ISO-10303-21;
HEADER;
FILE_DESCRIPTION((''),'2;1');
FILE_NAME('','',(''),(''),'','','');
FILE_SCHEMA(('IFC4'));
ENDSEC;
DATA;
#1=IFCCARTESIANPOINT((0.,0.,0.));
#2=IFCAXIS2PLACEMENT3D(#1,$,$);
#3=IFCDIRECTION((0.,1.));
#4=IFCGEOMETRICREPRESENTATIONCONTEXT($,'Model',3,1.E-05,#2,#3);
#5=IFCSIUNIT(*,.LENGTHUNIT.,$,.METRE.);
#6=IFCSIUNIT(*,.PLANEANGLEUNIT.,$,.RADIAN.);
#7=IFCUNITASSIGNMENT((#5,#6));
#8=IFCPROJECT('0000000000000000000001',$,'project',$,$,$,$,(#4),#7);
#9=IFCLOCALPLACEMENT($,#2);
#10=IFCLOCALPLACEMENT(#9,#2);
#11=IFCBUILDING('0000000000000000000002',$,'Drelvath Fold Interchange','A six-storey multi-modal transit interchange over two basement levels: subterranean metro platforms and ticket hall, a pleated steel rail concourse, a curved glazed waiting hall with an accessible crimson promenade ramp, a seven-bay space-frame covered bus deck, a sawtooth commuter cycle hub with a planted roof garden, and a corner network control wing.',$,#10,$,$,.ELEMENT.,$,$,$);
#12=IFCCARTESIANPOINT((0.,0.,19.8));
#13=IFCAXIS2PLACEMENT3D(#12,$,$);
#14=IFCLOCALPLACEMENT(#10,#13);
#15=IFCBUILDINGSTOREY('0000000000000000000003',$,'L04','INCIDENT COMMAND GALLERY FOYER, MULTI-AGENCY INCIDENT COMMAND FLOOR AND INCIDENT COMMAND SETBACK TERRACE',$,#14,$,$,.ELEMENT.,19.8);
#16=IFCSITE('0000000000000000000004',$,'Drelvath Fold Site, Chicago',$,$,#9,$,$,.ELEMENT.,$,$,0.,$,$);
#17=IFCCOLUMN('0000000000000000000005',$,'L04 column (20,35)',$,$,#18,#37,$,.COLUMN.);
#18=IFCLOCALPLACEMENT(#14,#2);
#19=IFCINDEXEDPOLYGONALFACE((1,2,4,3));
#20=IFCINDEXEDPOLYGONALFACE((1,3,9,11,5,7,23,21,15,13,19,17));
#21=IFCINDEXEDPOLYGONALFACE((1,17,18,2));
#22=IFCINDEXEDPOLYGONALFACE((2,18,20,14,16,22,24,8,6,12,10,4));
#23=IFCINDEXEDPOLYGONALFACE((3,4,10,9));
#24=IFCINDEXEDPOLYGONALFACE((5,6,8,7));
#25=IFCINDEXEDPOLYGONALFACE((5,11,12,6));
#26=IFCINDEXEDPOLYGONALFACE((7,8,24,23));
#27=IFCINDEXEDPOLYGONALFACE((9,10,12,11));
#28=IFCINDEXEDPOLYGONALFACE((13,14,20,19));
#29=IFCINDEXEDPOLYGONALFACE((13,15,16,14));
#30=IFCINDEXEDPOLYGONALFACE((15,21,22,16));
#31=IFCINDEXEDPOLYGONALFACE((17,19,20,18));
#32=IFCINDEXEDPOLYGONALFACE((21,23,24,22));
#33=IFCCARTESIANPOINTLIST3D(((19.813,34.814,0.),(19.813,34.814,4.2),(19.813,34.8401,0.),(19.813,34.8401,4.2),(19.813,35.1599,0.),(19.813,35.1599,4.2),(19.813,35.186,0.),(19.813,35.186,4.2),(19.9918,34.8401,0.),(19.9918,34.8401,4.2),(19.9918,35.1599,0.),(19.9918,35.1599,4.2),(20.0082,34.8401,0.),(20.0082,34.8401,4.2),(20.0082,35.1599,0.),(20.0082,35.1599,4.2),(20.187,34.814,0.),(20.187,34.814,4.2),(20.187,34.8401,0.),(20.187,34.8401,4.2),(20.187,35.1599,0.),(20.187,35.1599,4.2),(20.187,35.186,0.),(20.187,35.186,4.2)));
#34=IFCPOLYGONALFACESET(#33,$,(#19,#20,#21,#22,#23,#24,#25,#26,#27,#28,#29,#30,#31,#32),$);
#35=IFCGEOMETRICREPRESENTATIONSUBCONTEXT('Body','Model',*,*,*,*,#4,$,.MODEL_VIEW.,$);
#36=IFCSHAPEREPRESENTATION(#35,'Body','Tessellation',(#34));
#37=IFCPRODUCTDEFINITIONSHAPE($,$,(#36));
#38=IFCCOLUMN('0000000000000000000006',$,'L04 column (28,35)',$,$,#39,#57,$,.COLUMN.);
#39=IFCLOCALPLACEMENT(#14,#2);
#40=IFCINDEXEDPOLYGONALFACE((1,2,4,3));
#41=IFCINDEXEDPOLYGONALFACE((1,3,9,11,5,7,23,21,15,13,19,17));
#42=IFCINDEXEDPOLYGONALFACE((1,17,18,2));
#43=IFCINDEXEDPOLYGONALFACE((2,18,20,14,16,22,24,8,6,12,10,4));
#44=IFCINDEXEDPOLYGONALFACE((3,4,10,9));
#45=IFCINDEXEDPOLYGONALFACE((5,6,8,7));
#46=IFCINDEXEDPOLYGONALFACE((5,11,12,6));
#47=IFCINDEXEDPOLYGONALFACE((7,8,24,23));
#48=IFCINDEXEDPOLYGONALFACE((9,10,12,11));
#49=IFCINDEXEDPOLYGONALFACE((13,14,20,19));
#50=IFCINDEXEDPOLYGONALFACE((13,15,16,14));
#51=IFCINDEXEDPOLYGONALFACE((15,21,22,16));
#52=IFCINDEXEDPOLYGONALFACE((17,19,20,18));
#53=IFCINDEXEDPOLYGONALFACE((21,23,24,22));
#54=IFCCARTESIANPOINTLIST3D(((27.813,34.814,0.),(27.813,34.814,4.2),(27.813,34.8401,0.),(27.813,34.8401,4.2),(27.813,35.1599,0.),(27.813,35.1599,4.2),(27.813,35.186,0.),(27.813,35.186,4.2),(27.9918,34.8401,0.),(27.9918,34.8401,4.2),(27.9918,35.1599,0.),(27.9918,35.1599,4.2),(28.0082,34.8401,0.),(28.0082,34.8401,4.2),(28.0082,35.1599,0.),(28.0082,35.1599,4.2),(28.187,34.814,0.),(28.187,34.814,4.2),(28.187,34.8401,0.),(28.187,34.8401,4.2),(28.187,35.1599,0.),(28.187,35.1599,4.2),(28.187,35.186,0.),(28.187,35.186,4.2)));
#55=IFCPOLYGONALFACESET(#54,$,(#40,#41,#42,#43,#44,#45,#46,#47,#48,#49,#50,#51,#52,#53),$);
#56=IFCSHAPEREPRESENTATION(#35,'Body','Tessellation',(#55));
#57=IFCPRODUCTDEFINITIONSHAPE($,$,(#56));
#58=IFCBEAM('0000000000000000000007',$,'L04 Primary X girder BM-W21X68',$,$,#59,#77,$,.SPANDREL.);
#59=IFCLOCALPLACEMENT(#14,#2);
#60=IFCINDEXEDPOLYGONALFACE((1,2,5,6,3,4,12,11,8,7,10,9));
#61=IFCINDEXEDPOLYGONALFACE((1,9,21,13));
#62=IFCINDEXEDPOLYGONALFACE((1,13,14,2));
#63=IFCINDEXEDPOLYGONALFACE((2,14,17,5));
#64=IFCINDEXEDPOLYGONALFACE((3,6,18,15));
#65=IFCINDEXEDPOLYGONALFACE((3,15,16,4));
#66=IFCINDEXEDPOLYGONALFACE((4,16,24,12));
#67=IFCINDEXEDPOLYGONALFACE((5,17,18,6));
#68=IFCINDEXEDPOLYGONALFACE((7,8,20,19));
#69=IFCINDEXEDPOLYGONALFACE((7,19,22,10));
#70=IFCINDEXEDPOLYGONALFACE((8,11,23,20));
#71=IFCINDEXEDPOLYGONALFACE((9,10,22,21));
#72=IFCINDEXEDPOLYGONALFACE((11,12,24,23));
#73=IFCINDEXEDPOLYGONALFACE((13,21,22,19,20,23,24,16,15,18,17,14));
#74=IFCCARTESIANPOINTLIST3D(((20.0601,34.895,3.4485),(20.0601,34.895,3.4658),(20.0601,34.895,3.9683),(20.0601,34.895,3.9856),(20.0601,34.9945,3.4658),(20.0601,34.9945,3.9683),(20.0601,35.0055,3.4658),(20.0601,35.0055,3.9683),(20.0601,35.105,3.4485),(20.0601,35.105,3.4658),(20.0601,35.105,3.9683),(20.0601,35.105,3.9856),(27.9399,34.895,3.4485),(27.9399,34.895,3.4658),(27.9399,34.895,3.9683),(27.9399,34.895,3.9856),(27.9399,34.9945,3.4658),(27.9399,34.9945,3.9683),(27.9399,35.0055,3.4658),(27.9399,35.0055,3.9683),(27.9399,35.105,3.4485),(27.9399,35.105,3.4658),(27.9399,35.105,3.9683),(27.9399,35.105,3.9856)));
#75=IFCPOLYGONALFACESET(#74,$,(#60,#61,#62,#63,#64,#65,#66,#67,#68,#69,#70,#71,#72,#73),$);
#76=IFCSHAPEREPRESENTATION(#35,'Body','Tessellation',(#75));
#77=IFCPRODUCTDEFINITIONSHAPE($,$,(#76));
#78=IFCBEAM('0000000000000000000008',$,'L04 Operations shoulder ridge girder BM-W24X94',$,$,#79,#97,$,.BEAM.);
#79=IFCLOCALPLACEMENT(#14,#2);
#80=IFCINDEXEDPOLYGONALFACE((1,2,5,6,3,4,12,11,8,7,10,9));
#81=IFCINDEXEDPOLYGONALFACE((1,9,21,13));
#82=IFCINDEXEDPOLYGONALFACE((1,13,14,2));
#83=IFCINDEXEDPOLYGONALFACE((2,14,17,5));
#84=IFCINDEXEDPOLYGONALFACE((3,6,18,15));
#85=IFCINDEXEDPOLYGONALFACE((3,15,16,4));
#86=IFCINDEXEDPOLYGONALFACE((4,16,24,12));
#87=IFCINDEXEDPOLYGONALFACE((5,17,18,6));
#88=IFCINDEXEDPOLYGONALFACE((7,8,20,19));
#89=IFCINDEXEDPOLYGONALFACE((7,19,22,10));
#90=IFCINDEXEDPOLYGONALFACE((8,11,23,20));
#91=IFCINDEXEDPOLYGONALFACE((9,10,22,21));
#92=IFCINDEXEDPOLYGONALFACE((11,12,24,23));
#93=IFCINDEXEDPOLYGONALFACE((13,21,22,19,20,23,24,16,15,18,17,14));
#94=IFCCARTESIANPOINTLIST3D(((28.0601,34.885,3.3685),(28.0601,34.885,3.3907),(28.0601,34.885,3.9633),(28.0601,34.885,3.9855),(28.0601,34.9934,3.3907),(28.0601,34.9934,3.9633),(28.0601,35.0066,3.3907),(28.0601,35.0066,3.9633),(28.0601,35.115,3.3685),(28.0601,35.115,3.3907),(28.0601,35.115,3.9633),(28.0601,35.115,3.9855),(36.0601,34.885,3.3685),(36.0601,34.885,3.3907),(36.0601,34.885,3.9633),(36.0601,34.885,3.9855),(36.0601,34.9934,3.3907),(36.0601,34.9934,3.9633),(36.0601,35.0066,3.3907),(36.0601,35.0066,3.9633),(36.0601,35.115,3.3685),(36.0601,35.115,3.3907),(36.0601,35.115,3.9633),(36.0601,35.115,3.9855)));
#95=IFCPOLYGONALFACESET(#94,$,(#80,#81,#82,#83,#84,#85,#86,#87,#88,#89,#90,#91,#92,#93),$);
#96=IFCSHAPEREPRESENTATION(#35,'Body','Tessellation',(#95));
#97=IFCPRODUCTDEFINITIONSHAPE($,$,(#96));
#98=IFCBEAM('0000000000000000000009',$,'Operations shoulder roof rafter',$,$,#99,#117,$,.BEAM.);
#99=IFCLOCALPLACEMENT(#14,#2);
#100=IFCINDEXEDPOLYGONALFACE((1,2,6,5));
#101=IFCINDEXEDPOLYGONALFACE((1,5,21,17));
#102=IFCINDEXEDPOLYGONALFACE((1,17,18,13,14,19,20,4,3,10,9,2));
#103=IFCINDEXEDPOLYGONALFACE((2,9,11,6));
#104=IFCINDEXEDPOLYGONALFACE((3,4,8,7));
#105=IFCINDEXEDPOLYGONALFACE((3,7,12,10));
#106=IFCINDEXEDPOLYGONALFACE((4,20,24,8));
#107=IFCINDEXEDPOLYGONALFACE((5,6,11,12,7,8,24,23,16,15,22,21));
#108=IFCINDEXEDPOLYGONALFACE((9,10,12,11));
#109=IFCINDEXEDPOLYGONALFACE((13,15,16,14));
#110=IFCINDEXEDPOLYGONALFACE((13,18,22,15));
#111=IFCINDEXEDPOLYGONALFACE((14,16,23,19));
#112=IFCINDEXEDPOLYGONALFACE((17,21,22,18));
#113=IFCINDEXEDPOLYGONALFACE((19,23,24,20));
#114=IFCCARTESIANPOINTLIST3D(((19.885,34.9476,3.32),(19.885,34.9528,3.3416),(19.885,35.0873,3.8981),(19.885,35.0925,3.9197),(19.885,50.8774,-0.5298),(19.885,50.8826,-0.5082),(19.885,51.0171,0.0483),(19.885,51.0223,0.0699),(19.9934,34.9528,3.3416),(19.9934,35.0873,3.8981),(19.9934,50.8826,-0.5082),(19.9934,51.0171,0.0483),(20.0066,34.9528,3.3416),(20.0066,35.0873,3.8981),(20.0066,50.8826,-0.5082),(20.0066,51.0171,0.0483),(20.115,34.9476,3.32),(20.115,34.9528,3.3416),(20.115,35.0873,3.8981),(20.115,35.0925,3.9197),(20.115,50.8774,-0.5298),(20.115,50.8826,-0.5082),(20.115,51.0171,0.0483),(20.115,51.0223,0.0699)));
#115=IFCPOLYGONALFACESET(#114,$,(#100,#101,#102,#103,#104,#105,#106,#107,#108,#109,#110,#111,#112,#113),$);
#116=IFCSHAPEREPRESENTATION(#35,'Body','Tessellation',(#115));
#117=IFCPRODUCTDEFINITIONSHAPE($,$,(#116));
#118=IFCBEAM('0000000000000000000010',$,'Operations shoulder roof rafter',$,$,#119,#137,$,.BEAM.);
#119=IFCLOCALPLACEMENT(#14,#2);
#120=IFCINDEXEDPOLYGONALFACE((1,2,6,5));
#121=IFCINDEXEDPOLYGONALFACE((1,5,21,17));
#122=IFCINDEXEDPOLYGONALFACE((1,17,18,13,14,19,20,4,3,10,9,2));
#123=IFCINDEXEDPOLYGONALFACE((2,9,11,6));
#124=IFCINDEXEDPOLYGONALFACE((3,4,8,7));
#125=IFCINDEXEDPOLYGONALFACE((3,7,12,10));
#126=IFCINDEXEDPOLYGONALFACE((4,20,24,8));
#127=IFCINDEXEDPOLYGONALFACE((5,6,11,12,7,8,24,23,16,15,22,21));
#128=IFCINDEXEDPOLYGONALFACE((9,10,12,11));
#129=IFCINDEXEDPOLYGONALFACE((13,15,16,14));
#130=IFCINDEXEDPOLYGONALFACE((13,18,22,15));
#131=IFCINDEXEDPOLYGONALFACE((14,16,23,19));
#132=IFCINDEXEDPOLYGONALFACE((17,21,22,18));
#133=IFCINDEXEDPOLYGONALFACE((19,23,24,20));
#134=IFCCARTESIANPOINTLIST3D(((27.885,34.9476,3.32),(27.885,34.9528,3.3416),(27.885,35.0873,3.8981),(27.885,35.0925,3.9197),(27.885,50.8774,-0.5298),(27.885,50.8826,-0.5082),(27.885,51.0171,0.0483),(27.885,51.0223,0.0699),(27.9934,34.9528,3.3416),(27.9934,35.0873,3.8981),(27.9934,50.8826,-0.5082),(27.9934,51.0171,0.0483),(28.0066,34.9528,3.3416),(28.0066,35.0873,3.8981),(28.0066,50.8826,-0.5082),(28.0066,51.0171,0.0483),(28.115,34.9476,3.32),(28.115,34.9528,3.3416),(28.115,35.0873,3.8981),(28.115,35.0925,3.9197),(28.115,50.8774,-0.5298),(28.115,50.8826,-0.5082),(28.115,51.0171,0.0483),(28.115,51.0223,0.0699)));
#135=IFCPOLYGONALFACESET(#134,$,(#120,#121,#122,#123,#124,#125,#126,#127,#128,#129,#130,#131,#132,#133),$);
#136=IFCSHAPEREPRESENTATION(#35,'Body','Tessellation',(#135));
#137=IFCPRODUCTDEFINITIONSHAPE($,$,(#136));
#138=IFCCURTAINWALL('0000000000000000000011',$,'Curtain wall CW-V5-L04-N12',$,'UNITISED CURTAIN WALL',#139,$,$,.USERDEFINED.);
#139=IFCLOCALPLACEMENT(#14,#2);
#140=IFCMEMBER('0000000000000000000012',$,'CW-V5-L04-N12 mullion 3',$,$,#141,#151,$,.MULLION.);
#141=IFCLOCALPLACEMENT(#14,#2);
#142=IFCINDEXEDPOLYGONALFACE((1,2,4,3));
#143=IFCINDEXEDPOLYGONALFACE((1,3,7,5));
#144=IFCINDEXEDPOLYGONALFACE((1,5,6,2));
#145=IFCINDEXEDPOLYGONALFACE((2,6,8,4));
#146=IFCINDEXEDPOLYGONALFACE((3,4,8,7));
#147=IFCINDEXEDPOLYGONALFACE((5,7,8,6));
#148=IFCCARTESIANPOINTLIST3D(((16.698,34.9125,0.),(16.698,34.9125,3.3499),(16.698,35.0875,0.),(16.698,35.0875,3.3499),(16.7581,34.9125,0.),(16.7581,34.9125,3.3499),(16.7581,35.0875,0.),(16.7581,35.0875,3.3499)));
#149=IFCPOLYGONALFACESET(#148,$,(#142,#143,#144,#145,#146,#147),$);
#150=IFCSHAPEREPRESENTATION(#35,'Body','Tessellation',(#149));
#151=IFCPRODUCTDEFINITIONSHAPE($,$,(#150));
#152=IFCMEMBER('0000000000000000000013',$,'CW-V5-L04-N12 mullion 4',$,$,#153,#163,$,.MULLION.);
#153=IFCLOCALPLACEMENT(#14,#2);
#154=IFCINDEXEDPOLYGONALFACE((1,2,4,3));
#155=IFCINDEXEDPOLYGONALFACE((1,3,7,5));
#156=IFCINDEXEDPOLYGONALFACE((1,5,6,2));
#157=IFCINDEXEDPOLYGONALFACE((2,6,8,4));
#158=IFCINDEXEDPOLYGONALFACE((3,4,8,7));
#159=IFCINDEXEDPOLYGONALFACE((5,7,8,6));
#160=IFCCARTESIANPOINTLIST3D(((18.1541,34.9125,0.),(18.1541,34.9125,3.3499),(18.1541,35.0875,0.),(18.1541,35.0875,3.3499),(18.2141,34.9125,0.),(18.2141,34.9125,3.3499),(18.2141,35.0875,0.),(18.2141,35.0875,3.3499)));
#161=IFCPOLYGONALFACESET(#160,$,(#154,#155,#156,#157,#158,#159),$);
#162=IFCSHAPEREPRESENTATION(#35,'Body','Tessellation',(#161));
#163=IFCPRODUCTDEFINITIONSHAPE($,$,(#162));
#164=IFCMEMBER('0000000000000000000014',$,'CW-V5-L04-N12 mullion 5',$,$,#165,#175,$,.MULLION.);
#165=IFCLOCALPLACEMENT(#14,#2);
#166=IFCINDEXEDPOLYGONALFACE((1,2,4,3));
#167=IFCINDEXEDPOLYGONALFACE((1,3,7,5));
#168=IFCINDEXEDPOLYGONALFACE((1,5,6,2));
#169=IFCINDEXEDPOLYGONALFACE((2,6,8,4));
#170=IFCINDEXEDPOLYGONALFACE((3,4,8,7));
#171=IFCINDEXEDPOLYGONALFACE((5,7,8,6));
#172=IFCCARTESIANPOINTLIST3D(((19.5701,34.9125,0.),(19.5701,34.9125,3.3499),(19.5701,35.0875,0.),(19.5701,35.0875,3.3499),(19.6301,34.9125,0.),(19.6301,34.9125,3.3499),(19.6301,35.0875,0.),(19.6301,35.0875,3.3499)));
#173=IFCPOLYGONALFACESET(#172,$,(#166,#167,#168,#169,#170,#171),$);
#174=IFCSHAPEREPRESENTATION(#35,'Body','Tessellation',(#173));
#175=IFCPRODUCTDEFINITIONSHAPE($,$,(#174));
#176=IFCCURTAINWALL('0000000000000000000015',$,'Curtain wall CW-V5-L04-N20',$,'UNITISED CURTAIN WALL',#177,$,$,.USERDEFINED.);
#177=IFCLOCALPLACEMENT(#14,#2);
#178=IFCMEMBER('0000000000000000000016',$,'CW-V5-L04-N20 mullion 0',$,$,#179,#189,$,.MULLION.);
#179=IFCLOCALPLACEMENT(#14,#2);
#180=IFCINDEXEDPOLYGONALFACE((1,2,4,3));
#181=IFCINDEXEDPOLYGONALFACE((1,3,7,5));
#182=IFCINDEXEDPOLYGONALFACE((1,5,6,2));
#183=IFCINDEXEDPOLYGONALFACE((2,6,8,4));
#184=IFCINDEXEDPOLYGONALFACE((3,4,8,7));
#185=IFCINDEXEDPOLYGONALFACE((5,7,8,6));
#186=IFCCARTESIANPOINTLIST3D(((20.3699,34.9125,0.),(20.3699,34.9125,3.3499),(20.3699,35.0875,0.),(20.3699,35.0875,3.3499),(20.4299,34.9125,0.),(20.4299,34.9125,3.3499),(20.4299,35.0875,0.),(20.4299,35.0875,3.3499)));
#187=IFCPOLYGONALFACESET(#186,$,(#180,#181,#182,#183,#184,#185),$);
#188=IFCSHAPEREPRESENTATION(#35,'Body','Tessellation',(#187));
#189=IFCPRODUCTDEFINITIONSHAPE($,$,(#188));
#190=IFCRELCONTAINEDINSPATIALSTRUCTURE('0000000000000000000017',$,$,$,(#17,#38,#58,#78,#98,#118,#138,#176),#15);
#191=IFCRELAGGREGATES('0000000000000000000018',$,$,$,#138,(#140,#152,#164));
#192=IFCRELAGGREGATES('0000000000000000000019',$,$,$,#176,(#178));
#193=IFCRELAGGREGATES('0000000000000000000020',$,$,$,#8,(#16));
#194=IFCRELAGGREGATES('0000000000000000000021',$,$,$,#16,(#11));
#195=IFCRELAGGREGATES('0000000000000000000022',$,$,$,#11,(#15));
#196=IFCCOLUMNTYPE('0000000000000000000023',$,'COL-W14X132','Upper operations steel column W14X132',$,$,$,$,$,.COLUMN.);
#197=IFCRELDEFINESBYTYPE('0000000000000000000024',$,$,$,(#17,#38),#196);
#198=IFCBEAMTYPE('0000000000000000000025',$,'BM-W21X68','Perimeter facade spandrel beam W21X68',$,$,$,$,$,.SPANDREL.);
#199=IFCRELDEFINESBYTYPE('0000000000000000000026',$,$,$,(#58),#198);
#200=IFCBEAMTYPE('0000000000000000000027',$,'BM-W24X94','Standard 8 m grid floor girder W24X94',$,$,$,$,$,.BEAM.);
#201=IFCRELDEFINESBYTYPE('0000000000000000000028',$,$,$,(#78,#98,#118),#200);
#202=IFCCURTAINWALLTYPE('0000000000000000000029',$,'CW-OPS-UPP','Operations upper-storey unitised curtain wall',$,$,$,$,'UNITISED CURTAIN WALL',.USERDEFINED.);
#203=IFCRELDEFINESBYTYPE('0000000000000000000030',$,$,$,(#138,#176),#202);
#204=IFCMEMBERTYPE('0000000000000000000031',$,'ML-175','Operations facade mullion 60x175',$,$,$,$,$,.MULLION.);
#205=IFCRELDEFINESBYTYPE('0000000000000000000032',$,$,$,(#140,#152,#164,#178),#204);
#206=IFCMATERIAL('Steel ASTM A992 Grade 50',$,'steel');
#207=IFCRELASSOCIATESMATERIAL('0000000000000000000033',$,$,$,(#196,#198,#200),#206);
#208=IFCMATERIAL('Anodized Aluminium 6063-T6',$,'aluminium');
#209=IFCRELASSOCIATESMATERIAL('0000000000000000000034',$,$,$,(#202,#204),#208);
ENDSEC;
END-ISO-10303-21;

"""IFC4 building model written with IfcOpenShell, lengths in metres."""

from ifc_helpers import new_model, si_unit, direction, frame, origin, origin_2d, place, context, subcontext, project, spatial, rectangle, i_section, extrude, material, material_profile, profile_set, type_object, element, aggregate, save


model = new_model("IFC4")

# Units and contexts
model_context = context("Model", 3, precision=1e-05, world=origin(), true_north=direction((0.0, 1.0)))
body_context = subcontext(model_context, "Body", "Model", "MODEL_VIEW")
ifc_project = project(units=[si_unit("LENGTHUNIT", "METRE"), si_unit("PLANEANGLEUNIT", "RADIAN")], contexts=[model_context])

# Site, building, storey
site_placement = place(None, origin())
site = spatial("IfcSite", under=ifc_project, at=site_placement, Name="Drelvath Fold Site, Chicago", CompositionType="ELEMENT", RefElevation=0.0)
building_placement = place(site_placement, origin())
building = spatial("IfcBuilding", under=site, at=building_placement, Name="Drelvath Fold Interchange", Description="A six-storey multi-modal transit interchange over two basement levels: subterranean metro platforms and ticket hall, a pleated steel rail concourse, a curved glazed waiting hall with an accessible crimson promenade ramp, a seven-bay space-frame covered bus deck, a sawtooth commuter cycle hub with a planted roof garden, and a corner network control wing.", CompositionType="ELEMENT")
storey_placement = place(building_placement, frame((0.0, 0.0, 19.8)))
storey = spatial("IfcBuildingStorey", under=building, at=storey_placement, Name="L04", Description="INCIDENT COMMAND GALLERY FOYER, MULTI-AGENCY INCIDENT COMMAND FLOOR AND INCIDENT COMMAND SETBACK TERRACE", CompositionType="ELEMENT", Elevation=19.8)

# Columns
ifc_material_1 = material(Name="Steel ASTM A992 Grade 50", Category="steel")
ifc_material_profile_1 = material_profile(ifc_material_1, i_section(OverallWidth=0.374, OverallDepth=0.3721, WebThickness=0.0164, FlangeThickness=0.0261, at=origin_2d()), Name="W14X132")
ifc_profile_set_1 = profile_set([ifc_material_profile_1], Name="Steel ASTM A992 Grade 50")
column_type = type_object("IfcColumnType", Name="COL-W14X132", Description="Upper operations steel column W14X132", PredefinedType="COLUMN", material=ifc_profile_set_1)
for number, where, z_axis, x_axis, name in (
    (1, (20.0, 35.0, 0.0), (0.0, 0.0, 1.0), (1.0, 0.0, 0.0), "L04 column (20,35)"),
    (2, (28.0, 35.0, 0.0), (0.0, 0.0, 1.0), (1.0, 0.0, 0.0), "L04 column (28,35)"),
):
    element("IfcColumn", number, at=place(storey_placement, frame(where, z_axis=z_axis, x_axis=x_axis)), inside=storey, type_object=column_type, Name=name, PredefinedType="COLUMN", context=body_context, shape_type="SweptSolid", body=[
        extrude(i_section(OverallWidth=0.374, OverallDepth=0.3721, WebThickness=0.0164, FlangeThickness=0.0261, at=origin_2d()), origin(), (0.0, 0.0, 1.0), 4.2),
    ])

# Beams
ifc_material_profile_2 = material_profile(ifc_material_1, i_section(OverallWidth=0.21, OverallDepth=0.5371, WebThickness=0.011, FlangeThickness=0.0173, at=origin_2d()), Name="W21X68")
ifc_profile_set_2 = profile_set([ifc_material_profile_2], Name="Steel ASTM A992 Grade 50")
beam_type_1 = type_object("IfcBeamType", Name="BM-W21X68", Description="Perimeter facade spandrel beam W21X68", PredefinedType="SPANDREL", material=ifc_profile_set_2)
beam_1_placement = place(storey_placement, frame((20.0601, 35.0, 3.717), z_axis=(1.0, 0.0, 0.0), x_axis=(0.0, 1.0, 0.0)))
element("IfcBeam", 3, at=beam_1_placement, inside=storey, type_object=beam_type_1, Name="L04 Primary X girder BM-W21X68", PredefinedType="SPANDREL", context=body_context, shape_type="SweptSolid", body=[
    extrude(i_section(OverallWidth=0.21, OverallDepth=0.5371, WebThickness=0.011, FlangeThickness=0.0173, at=origin_2d()), origin(), (0.0, 0.0, 1.0), 7.8799),
])
ifc_material_profile_3 = material_profile(ifc_material_1, i_section(OverallWidth=0.23, OverallDepth=0.6169, WebThickness=0.0132, FlangeThickness=0.0222, at=origin_2d()), Name="W24X94")
ifc_profile_set_3 = profile_set([ifc_material_profile_3], Name="Steel ASTM A992 Grade 50")
beam_type_2 = type_object("IfcBeamType", Name="BM-W24X94", Description="Standard 8 m grid floor girder W24X94", PredefinedType="BEAM", material=ifc_profile_set_3)
beam_2_placement = place(storey_placement, frame((28.0601, 35.0, 3.677), z_axis=(1.0, 0.0, 0.0), x_axis=(0.0, 1.0, 0.0)))
element("IfcBeam", 4, at=beam_2_placement, inside=storey, type_object=beam_type_2, Name="L04 Operations shoulder ridge girder BM-W24X94", PredefinedType="BEAM", context=body_context, shape_type="SweptSolid", body=[
    extrude(i_section(OverallWidth=0.23, OverallDepth=0.6169, WebThickness=0.0132, FlangeThickness=0.0222, at=origin_2d()), origin(), (0.0, 0.0, 1.0), 8.0),
])
for number, where, z_axis, x_axis, name in (
    (5, (20.0, 35.02, 3.6199), (0.0, 0.972017, -0.234911), (-1.0, 0.0, 0.0), "Operations shoulder roof rafter"),
    (6, (28.0, 35.02, 3.6199), (0.0, 0.972017, -0.234911), (-1.0, 0.0, 0.0), "Operations shoulder roof rafter"),
):
    element("IfcBeam", number, at=place(storey_placement, frame(where, z_axis=z_axis, x_axis=x_axis)), inside=storey, type_object=beam_type_2, Name=name, PredefinedType="BEAM", context=body_context, shape_type="SweptSolid", body=[
        extrude(i_section(OverallWidth=0.23, OverallDepth=0.6169, WebThickness=0.0132, FlangeThickness=0.0222, at=origin_2d()), origin(), (0.0, 0.0, 1.0), 16.3884),
    ])

# Curtain walls, members
ifc_material_2 = material(Name="Anodized Aluminium 6063-T6", Category="aluminium")
curtain_wall_type = type_object("IfcCurtainWallType", Name="CW-OPS-UPP", Description="Operations upper-storey unitised curtain wall", ElementType="UNITISED CURTAIN WALL", PredefinedType="USERDEFINED", material=ifc_material_2)
curtain_wall_1_placement = place(storey_placement, origin())
curtain_wall_1 = element("IfcCurtainWall", 7, at=curtain_wall_1_placement, inside=storey, type_object=curtain_wall_type, Name="Curtain wall CW-V5-L04-N12", ObjectType="UNITISED CURTAIN WALL", PredefinedType="USERDEFINED")
ifc_material_profile_4 = material_profile(ifc_material_2, rectangle(XDim=0.0601, YDim=0.175, at=origin_2d()), Name="AL-M 60x175")
ifc_profile_set_4 = profile_set([ifc_material_profile_4], Name="Anodized Aluminium 6063-T6")
member_type_1 = type_object("IfcMemberType", Name="ML-175", Description="Operations facade mullion 60x175", PredefinedType="MULLION", material=ifc_profile_set_4)
member_1_placement = place(storey_placement, frame((16.728, 35.0, 0.0), z_axis=(0.0, 0.0, 1.0), x_axis=(1.0, 0.0, 0.0)))
member_1 = element("IfcMember", 8, at=member_1_placement, type_object=member_type_1, Name="CW-V5-L04-N12 mullion 3", PredefinedType="MULLION", context=body_context, shape_type="SweptSolid", body=[
    extrude(rectangle(XDim=0.0601, YDim=0.175, at=origin_2d()), origin(), (0.0, 0.0, 1.0), 3.3499),
])
member_2_placement = place(storey_placement, frame((18.1841, 35.0, 0.0), z_axis=(0.0, 0.0, 1.0), x_axis=(1.0, 0.0, 0.0)))
member_2 = element("IfcMember", 9, at=member_2_placement, type_object=member_type_1, Name="CW-V5-L04-N12 mullion 4", PredefinedType="MULLION", context=body_context, shape_type="SweptSolid", body=[
    extrude(rectangle(XDim=0.0601, YDim=0.175, at=origin_2d()), origin(), (0.0, 0.0, 1.0), 3.3499),
])
member_3_placement = place(storey_placement, frame((19.6001, 35.0, 0.0), z_axis=(0.0, 0.0, 1.0), x_axis=(1.0, 0.0, 0.0)))
member_3 = element("IfcMember", 10, at=member_3_placement, type_object=member_type_1, Name="CW-V5-L04-N12 mullion 5", PredefinedType="MULLION", context=body_context, shape_type="SweptSolid", body=[
    extrude(rectangle(XDim=0.0601, YDim=0.175, at=origin_2d()), origin(), (0.0, 0.0, 1.0), 3.3499),
])
curtain_wall_2_placement = place(storey_placement, origin())
curtain_wall_2 = element("IfcCurtainWall", 11, at=curtain_wall_2_placement, inside=storey, type_object=curtain_wall_type, Name="Curtain wall CW-V5-L04-N20", ObjectType="UNITISED CURTAIN WALL", PredefinedType="USERDEFINED")
member_4_placement = place(storey_placement, frame((20.3999, 35.0, 0.0), z_axis=(0.0, 0.0, 1.0), x_axis=(1.0, 0.0, 0.0)))
member_4 = element("IfcMember", 12, at=member_4_placement, type_object=member_type_1, Name="CW-V5-L04-N20 mullion 0", PredefinedType="MULLION", context=body_context, shape_type="SweptSolid", body=[
    extrude(rectangle(XDim=0.0601, YDim=0.175, at=origin_2d()), origin(), (0.0, 0.0, 1.0), 3.3499),
])

aggregate(curtain_wall_1, [member_1, member_2, member_3])
aggregate(curtain_wall_2, [member_4])

save(model, "model.ifc")
